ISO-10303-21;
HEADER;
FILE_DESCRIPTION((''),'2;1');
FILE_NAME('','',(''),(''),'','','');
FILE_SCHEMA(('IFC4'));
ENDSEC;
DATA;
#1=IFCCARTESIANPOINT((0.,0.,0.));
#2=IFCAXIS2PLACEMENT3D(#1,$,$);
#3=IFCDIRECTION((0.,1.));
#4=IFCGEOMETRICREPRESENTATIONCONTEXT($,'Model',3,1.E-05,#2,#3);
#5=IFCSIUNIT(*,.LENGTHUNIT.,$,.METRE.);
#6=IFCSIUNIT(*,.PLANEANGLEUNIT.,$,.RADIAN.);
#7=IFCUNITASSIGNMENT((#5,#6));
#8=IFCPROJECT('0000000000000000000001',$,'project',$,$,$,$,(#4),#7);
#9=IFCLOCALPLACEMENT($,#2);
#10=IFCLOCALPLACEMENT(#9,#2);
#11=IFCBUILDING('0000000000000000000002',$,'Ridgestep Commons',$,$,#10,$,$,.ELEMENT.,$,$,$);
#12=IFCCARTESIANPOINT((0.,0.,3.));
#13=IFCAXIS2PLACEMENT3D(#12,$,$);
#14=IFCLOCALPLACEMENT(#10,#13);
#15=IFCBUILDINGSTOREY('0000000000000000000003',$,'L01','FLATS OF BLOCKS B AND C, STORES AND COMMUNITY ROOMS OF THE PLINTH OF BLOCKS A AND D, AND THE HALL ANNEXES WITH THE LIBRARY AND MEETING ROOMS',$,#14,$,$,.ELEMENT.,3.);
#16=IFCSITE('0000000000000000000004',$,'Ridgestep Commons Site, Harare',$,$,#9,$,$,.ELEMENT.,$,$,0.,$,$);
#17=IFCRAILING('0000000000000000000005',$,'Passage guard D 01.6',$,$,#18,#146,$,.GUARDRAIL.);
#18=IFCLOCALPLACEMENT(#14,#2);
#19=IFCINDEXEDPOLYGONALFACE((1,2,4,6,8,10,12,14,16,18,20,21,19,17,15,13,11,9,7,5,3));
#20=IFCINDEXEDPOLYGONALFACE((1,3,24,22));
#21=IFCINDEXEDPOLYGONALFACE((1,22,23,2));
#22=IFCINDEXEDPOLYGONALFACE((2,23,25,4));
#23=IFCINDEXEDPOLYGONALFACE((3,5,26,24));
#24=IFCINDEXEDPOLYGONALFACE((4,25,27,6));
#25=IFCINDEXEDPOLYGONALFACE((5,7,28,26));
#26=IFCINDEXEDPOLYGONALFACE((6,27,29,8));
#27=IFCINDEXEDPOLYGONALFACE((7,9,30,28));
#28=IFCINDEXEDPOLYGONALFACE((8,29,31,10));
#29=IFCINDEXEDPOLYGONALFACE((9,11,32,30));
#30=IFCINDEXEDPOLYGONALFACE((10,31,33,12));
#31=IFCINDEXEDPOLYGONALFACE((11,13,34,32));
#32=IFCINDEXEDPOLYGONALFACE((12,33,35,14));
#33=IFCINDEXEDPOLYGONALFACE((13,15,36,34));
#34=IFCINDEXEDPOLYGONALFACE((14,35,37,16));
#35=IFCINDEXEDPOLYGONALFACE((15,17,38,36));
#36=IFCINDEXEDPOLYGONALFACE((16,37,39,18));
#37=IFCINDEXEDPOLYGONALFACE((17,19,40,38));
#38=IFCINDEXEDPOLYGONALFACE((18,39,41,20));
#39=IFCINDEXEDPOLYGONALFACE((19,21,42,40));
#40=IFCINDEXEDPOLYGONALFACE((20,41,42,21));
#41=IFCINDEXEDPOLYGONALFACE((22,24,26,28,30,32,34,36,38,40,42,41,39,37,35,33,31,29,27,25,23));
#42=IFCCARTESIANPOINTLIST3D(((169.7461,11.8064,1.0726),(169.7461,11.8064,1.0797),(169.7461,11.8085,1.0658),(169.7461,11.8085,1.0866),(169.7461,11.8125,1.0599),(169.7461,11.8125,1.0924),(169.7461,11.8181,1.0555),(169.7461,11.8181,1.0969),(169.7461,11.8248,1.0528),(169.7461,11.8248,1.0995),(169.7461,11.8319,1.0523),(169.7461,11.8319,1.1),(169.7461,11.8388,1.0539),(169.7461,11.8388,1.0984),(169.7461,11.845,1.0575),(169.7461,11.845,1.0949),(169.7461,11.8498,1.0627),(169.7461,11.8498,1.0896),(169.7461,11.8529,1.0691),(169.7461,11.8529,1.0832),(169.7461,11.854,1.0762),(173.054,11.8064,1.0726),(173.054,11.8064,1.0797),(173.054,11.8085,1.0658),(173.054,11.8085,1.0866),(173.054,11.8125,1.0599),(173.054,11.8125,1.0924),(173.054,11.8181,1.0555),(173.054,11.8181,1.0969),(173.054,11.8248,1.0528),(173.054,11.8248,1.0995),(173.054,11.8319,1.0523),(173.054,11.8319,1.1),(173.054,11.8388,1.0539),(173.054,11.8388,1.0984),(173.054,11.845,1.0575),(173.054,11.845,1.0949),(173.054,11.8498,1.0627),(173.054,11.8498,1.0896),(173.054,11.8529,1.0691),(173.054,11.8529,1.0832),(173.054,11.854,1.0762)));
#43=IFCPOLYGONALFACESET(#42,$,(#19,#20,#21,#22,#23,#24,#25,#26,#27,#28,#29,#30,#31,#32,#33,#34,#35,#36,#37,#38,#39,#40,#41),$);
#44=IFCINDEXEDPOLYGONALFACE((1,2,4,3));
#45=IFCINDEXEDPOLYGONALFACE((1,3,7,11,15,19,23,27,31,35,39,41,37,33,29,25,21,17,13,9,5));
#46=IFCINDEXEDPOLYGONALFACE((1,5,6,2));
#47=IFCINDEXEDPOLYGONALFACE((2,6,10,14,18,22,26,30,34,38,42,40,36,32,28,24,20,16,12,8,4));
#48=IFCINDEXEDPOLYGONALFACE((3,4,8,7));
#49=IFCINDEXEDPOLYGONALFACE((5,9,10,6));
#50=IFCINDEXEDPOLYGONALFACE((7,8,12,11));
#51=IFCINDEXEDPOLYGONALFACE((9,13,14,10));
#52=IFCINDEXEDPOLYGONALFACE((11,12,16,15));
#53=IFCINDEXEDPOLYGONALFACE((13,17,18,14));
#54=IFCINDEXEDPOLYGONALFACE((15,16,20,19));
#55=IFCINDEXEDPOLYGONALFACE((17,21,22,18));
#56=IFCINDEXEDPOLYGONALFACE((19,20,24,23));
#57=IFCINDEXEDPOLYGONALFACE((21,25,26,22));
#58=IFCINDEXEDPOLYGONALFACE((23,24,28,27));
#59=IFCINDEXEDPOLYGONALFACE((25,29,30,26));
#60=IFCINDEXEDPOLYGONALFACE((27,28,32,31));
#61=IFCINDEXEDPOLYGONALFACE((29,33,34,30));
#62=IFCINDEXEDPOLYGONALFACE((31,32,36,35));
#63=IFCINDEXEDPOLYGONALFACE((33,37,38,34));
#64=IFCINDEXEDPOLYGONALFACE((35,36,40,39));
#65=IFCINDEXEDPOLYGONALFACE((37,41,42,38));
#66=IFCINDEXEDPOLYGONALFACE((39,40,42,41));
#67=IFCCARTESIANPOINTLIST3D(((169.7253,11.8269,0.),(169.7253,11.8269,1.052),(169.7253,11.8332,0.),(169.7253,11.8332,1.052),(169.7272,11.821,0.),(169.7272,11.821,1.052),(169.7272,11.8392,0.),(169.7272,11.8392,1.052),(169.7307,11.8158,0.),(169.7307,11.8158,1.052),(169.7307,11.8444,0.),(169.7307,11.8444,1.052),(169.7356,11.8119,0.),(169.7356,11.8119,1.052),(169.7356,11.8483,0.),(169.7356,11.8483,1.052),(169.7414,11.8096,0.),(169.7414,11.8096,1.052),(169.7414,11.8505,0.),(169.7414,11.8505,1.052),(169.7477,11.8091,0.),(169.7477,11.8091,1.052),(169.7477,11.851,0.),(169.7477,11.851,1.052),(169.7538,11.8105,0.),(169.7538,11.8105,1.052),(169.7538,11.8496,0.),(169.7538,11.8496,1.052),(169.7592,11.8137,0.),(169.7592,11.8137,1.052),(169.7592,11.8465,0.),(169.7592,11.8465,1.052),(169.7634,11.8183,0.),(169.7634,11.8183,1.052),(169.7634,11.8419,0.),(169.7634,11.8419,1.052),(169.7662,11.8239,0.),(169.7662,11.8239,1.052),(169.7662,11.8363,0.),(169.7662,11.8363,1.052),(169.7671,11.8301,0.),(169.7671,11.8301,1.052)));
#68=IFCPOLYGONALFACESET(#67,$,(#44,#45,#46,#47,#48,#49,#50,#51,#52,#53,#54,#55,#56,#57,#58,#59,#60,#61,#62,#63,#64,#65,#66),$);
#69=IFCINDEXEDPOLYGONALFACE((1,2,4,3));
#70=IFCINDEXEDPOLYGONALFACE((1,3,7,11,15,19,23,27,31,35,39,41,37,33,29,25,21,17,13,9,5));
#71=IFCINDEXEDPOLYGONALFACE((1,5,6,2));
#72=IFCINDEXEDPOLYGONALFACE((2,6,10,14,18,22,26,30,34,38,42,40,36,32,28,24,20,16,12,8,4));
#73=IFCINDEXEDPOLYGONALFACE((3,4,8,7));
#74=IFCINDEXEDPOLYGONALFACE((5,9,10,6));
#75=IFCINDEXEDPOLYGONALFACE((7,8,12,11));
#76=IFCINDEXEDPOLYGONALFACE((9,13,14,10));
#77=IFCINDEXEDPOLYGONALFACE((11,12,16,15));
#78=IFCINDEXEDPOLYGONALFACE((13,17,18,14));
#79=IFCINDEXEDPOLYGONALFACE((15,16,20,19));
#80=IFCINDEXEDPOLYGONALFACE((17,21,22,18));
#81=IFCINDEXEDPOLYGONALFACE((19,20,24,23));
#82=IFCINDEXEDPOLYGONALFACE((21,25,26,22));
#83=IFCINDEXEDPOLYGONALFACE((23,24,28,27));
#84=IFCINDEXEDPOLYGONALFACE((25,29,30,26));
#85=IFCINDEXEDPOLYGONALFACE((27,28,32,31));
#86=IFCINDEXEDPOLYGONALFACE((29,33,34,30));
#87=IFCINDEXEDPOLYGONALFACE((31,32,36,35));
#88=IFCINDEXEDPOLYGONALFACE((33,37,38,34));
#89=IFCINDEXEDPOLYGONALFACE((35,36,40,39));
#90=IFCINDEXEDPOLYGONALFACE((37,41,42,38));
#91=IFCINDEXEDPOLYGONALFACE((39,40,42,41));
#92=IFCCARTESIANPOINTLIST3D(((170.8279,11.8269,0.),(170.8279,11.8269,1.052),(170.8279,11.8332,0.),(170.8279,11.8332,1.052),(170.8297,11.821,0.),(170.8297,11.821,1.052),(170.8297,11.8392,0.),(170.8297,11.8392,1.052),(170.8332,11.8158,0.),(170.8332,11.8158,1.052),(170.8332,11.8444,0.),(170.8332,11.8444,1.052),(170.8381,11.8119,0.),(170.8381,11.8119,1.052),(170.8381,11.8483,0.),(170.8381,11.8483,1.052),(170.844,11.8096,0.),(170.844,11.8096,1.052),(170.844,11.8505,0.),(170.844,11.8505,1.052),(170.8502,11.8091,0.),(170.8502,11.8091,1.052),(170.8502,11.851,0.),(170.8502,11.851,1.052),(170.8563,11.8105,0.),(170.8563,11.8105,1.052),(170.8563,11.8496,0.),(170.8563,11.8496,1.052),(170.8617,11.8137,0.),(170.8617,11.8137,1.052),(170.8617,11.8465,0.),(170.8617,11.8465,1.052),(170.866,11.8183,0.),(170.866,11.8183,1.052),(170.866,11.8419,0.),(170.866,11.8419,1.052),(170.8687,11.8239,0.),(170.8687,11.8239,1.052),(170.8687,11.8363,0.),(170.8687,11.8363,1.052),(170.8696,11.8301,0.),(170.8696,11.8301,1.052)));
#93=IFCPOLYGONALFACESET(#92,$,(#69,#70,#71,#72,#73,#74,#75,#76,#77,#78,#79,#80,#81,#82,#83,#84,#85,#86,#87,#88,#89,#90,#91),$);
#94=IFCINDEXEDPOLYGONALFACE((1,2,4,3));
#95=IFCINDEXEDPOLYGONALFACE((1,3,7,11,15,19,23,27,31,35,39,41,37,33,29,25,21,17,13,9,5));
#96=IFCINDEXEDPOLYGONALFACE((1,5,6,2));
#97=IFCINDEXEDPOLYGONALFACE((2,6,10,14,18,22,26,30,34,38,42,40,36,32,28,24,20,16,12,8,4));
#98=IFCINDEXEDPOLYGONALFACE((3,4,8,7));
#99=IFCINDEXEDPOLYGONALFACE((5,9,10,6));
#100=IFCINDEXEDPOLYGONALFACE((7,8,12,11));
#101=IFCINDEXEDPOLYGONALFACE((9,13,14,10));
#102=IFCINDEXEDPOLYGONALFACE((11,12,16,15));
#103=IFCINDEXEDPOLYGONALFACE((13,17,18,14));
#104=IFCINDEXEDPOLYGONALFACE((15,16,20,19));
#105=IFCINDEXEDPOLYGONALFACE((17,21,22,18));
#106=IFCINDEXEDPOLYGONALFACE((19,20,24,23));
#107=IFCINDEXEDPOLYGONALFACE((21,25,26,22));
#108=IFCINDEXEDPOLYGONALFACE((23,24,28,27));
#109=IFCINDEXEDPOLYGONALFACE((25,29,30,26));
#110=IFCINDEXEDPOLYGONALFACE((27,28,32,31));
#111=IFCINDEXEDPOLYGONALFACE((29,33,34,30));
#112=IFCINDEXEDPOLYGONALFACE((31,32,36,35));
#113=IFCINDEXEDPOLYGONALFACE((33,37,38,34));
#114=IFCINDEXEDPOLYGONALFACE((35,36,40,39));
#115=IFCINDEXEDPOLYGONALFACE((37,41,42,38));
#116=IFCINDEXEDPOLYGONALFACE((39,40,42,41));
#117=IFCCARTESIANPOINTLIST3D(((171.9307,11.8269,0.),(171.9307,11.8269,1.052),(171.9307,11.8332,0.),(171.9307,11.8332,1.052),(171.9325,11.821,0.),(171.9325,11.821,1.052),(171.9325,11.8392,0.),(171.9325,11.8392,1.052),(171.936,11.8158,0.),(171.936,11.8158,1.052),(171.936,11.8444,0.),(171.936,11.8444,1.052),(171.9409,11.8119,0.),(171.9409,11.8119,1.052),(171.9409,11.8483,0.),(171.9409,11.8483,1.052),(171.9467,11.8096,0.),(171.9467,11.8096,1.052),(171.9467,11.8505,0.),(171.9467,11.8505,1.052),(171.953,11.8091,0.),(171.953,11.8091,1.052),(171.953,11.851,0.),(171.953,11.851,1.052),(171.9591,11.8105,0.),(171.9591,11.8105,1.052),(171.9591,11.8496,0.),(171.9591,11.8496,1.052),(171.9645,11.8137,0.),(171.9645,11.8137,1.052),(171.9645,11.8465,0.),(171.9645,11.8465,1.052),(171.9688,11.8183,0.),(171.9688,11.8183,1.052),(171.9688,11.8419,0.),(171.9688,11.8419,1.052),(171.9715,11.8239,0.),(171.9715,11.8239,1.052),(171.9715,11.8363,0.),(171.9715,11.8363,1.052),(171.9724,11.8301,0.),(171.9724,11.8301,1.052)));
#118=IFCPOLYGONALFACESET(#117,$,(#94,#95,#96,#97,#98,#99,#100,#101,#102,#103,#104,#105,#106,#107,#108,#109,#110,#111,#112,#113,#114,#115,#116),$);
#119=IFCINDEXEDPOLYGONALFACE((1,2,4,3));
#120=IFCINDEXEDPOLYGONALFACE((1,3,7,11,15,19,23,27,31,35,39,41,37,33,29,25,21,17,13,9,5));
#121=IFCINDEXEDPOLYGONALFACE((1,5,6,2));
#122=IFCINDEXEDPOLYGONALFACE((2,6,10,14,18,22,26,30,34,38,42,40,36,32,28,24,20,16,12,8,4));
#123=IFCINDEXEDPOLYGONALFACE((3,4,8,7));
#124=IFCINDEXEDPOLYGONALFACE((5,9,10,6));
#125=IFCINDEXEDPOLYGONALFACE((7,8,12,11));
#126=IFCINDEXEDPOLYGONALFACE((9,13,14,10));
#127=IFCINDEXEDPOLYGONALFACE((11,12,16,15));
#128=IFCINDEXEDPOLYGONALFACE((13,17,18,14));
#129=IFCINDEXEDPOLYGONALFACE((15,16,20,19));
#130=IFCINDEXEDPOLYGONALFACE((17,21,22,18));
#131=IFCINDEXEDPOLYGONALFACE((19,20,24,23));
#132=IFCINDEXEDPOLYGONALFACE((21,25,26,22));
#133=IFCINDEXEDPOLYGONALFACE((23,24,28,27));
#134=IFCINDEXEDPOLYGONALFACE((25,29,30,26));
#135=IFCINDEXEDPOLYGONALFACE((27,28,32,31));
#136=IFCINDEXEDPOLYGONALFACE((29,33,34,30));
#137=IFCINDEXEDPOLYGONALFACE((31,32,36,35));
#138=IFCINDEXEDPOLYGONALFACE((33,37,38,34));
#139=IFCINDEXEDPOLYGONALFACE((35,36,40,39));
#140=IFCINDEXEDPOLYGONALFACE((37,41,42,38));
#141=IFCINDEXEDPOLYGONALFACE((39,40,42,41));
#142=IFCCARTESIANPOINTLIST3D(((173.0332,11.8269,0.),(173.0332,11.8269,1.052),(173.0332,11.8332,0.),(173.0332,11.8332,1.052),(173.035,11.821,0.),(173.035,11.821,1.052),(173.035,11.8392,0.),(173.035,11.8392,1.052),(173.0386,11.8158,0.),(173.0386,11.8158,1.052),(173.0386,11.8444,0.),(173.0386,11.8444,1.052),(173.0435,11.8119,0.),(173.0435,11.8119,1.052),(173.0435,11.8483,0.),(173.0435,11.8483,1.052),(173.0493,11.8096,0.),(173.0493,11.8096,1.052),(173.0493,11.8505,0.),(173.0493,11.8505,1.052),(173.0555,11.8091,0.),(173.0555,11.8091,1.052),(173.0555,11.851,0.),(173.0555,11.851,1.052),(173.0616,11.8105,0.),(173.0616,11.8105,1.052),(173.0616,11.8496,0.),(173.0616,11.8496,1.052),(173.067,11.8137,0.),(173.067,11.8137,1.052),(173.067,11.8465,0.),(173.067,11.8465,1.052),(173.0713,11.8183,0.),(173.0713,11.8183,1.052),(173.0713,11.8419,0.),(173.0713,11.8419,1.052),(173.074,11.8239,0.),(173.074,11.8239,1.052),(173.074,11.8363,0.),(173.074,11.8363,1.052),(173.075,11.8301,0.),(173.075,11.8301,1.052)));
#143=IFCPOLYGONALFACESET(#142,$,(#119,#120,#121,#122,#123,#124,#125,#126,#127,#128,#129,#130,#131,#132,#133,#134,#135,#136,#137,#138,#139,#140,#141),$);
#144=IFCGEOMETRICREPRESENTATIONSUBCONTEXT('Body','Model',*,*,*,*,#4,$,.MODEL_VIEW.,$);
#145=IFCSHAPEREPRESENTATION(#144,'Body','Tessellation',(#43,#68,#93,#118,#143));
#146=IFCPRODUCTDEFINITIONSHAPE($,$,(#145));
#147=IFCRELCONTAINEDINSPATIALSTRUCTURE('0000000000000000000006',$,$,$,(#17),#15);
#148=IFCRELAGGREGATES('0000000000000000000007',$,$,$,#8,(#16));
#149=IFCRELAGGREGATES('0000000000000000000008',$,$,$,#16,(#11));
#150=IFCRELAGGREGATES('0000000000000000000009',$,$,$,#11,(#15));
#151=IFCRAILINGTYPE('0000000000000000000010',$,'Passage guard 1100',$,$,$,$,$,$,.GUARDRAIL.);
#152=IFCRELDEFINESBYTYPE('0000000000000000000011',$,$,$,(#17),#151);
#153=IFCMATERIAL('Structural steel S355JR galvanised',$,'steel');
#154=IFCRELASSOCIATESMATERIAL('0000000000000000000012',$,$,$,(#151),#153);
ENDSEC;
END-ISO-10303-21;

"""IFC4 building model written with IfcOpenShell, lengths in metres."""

from ifc_helpers import new_model, si_unit, direction, frame, origin, origin_2d, place, context, subcontext, project, spatial, circle, extrude, material, type_object, element, save


model = new_model("IFC4")

# Units and contexts
model_context = context("Model", 3, precision=1e-05, world=origin(), true_north=direction((0.0, 1.0)))
body_context = subcontext(model_context, "Body", "Model", "MODEL_VIEW")
ifc_project = project(units=[si_unit("LENGTHUNIT", "METRE"), si_unit("PLANEANGLEUNIT", "RADIAN")], contexts=[model_context])

# Site, building, storey
site_placement = place(None, origin())
site = spatial("IfcSite", under=ifc_project, at=site_placement, Name="Ridgestep Commons Site, Harare", CompositionType="ELEMENT", RefElevation=0.0)
building_placement = place(site_placement, origin())
building = spatial("IfcBuilding", under=site, at=building_placement, Name="Ridgestep Commons", CompositionType="ELEMENT")
storey_placement = place(building_placement, frame((0.0, 0.0, 3.0)))
storey = spatial("IfcBuildingStorey", under=building, at=storey_placement, Name="L01", Description="FLATS OF BLOCKS B AND C, STORES AND COMMUNITY ROOMS OF THE PLINTH OF BLOCKS A AND D, AND THE HALL ANNEXES WITH THE LIBRARY AND MEETING ROOMS", CompositionType="ELEMENT", Elevation=3.0)

# Railing
ifc_material_1 = material(Name="Structural steel S355JR galvanised", Category="steel")
railing_type_1 = type_object("IfcRailingType", Name="Passage guard 1100", PredefinedType="GUARDRAIL", material=ifc_material_1)
railing_1_placement = place(storey_placement, frame((169.7461, 11.8301, 0.0)))
element("IfcRailing", 1, at=railing_1_placement, inside=storey, type_object=railing_type_1, Name="Passage guard D 01.6", PredefinedType="GUARDRAIL", context=body_context, shape_type="SweptSolid", body=[
    extrude(circle(Radius=0.0239, at=origin_2d()), frame((0.0, 0.0, 1.0762), z_axis=(1.0, 0.0, 0.0), x_axis=(0.0, 1.0, 0.0)), (0.0, 0.0, 1.0), 3.3079),
    extrude(circle(Radius=0.021, at=origin_2d()), origin(), (0.0, 0.0, 1.0), 1.052),
    extrude(circle(Radius=0.021, at=origin_2d()), frame((1.1025, 0.0, 0.0)), (0.0, 0.0, 1.0), 1.052),
    extrude(circle(Radius=0.021, at=origin_2d()), frame((2.2053, 0.0, 0.0)), (0.0, 0.0, 1.0), 1.052),
    extrude(circle(Radius=0.021, at=origin_2d()), frame((3.3079, 0.0, 0.0)), (0.0, 0.0, 1.0), 1.052),
])

save(model, "model.ifc")
